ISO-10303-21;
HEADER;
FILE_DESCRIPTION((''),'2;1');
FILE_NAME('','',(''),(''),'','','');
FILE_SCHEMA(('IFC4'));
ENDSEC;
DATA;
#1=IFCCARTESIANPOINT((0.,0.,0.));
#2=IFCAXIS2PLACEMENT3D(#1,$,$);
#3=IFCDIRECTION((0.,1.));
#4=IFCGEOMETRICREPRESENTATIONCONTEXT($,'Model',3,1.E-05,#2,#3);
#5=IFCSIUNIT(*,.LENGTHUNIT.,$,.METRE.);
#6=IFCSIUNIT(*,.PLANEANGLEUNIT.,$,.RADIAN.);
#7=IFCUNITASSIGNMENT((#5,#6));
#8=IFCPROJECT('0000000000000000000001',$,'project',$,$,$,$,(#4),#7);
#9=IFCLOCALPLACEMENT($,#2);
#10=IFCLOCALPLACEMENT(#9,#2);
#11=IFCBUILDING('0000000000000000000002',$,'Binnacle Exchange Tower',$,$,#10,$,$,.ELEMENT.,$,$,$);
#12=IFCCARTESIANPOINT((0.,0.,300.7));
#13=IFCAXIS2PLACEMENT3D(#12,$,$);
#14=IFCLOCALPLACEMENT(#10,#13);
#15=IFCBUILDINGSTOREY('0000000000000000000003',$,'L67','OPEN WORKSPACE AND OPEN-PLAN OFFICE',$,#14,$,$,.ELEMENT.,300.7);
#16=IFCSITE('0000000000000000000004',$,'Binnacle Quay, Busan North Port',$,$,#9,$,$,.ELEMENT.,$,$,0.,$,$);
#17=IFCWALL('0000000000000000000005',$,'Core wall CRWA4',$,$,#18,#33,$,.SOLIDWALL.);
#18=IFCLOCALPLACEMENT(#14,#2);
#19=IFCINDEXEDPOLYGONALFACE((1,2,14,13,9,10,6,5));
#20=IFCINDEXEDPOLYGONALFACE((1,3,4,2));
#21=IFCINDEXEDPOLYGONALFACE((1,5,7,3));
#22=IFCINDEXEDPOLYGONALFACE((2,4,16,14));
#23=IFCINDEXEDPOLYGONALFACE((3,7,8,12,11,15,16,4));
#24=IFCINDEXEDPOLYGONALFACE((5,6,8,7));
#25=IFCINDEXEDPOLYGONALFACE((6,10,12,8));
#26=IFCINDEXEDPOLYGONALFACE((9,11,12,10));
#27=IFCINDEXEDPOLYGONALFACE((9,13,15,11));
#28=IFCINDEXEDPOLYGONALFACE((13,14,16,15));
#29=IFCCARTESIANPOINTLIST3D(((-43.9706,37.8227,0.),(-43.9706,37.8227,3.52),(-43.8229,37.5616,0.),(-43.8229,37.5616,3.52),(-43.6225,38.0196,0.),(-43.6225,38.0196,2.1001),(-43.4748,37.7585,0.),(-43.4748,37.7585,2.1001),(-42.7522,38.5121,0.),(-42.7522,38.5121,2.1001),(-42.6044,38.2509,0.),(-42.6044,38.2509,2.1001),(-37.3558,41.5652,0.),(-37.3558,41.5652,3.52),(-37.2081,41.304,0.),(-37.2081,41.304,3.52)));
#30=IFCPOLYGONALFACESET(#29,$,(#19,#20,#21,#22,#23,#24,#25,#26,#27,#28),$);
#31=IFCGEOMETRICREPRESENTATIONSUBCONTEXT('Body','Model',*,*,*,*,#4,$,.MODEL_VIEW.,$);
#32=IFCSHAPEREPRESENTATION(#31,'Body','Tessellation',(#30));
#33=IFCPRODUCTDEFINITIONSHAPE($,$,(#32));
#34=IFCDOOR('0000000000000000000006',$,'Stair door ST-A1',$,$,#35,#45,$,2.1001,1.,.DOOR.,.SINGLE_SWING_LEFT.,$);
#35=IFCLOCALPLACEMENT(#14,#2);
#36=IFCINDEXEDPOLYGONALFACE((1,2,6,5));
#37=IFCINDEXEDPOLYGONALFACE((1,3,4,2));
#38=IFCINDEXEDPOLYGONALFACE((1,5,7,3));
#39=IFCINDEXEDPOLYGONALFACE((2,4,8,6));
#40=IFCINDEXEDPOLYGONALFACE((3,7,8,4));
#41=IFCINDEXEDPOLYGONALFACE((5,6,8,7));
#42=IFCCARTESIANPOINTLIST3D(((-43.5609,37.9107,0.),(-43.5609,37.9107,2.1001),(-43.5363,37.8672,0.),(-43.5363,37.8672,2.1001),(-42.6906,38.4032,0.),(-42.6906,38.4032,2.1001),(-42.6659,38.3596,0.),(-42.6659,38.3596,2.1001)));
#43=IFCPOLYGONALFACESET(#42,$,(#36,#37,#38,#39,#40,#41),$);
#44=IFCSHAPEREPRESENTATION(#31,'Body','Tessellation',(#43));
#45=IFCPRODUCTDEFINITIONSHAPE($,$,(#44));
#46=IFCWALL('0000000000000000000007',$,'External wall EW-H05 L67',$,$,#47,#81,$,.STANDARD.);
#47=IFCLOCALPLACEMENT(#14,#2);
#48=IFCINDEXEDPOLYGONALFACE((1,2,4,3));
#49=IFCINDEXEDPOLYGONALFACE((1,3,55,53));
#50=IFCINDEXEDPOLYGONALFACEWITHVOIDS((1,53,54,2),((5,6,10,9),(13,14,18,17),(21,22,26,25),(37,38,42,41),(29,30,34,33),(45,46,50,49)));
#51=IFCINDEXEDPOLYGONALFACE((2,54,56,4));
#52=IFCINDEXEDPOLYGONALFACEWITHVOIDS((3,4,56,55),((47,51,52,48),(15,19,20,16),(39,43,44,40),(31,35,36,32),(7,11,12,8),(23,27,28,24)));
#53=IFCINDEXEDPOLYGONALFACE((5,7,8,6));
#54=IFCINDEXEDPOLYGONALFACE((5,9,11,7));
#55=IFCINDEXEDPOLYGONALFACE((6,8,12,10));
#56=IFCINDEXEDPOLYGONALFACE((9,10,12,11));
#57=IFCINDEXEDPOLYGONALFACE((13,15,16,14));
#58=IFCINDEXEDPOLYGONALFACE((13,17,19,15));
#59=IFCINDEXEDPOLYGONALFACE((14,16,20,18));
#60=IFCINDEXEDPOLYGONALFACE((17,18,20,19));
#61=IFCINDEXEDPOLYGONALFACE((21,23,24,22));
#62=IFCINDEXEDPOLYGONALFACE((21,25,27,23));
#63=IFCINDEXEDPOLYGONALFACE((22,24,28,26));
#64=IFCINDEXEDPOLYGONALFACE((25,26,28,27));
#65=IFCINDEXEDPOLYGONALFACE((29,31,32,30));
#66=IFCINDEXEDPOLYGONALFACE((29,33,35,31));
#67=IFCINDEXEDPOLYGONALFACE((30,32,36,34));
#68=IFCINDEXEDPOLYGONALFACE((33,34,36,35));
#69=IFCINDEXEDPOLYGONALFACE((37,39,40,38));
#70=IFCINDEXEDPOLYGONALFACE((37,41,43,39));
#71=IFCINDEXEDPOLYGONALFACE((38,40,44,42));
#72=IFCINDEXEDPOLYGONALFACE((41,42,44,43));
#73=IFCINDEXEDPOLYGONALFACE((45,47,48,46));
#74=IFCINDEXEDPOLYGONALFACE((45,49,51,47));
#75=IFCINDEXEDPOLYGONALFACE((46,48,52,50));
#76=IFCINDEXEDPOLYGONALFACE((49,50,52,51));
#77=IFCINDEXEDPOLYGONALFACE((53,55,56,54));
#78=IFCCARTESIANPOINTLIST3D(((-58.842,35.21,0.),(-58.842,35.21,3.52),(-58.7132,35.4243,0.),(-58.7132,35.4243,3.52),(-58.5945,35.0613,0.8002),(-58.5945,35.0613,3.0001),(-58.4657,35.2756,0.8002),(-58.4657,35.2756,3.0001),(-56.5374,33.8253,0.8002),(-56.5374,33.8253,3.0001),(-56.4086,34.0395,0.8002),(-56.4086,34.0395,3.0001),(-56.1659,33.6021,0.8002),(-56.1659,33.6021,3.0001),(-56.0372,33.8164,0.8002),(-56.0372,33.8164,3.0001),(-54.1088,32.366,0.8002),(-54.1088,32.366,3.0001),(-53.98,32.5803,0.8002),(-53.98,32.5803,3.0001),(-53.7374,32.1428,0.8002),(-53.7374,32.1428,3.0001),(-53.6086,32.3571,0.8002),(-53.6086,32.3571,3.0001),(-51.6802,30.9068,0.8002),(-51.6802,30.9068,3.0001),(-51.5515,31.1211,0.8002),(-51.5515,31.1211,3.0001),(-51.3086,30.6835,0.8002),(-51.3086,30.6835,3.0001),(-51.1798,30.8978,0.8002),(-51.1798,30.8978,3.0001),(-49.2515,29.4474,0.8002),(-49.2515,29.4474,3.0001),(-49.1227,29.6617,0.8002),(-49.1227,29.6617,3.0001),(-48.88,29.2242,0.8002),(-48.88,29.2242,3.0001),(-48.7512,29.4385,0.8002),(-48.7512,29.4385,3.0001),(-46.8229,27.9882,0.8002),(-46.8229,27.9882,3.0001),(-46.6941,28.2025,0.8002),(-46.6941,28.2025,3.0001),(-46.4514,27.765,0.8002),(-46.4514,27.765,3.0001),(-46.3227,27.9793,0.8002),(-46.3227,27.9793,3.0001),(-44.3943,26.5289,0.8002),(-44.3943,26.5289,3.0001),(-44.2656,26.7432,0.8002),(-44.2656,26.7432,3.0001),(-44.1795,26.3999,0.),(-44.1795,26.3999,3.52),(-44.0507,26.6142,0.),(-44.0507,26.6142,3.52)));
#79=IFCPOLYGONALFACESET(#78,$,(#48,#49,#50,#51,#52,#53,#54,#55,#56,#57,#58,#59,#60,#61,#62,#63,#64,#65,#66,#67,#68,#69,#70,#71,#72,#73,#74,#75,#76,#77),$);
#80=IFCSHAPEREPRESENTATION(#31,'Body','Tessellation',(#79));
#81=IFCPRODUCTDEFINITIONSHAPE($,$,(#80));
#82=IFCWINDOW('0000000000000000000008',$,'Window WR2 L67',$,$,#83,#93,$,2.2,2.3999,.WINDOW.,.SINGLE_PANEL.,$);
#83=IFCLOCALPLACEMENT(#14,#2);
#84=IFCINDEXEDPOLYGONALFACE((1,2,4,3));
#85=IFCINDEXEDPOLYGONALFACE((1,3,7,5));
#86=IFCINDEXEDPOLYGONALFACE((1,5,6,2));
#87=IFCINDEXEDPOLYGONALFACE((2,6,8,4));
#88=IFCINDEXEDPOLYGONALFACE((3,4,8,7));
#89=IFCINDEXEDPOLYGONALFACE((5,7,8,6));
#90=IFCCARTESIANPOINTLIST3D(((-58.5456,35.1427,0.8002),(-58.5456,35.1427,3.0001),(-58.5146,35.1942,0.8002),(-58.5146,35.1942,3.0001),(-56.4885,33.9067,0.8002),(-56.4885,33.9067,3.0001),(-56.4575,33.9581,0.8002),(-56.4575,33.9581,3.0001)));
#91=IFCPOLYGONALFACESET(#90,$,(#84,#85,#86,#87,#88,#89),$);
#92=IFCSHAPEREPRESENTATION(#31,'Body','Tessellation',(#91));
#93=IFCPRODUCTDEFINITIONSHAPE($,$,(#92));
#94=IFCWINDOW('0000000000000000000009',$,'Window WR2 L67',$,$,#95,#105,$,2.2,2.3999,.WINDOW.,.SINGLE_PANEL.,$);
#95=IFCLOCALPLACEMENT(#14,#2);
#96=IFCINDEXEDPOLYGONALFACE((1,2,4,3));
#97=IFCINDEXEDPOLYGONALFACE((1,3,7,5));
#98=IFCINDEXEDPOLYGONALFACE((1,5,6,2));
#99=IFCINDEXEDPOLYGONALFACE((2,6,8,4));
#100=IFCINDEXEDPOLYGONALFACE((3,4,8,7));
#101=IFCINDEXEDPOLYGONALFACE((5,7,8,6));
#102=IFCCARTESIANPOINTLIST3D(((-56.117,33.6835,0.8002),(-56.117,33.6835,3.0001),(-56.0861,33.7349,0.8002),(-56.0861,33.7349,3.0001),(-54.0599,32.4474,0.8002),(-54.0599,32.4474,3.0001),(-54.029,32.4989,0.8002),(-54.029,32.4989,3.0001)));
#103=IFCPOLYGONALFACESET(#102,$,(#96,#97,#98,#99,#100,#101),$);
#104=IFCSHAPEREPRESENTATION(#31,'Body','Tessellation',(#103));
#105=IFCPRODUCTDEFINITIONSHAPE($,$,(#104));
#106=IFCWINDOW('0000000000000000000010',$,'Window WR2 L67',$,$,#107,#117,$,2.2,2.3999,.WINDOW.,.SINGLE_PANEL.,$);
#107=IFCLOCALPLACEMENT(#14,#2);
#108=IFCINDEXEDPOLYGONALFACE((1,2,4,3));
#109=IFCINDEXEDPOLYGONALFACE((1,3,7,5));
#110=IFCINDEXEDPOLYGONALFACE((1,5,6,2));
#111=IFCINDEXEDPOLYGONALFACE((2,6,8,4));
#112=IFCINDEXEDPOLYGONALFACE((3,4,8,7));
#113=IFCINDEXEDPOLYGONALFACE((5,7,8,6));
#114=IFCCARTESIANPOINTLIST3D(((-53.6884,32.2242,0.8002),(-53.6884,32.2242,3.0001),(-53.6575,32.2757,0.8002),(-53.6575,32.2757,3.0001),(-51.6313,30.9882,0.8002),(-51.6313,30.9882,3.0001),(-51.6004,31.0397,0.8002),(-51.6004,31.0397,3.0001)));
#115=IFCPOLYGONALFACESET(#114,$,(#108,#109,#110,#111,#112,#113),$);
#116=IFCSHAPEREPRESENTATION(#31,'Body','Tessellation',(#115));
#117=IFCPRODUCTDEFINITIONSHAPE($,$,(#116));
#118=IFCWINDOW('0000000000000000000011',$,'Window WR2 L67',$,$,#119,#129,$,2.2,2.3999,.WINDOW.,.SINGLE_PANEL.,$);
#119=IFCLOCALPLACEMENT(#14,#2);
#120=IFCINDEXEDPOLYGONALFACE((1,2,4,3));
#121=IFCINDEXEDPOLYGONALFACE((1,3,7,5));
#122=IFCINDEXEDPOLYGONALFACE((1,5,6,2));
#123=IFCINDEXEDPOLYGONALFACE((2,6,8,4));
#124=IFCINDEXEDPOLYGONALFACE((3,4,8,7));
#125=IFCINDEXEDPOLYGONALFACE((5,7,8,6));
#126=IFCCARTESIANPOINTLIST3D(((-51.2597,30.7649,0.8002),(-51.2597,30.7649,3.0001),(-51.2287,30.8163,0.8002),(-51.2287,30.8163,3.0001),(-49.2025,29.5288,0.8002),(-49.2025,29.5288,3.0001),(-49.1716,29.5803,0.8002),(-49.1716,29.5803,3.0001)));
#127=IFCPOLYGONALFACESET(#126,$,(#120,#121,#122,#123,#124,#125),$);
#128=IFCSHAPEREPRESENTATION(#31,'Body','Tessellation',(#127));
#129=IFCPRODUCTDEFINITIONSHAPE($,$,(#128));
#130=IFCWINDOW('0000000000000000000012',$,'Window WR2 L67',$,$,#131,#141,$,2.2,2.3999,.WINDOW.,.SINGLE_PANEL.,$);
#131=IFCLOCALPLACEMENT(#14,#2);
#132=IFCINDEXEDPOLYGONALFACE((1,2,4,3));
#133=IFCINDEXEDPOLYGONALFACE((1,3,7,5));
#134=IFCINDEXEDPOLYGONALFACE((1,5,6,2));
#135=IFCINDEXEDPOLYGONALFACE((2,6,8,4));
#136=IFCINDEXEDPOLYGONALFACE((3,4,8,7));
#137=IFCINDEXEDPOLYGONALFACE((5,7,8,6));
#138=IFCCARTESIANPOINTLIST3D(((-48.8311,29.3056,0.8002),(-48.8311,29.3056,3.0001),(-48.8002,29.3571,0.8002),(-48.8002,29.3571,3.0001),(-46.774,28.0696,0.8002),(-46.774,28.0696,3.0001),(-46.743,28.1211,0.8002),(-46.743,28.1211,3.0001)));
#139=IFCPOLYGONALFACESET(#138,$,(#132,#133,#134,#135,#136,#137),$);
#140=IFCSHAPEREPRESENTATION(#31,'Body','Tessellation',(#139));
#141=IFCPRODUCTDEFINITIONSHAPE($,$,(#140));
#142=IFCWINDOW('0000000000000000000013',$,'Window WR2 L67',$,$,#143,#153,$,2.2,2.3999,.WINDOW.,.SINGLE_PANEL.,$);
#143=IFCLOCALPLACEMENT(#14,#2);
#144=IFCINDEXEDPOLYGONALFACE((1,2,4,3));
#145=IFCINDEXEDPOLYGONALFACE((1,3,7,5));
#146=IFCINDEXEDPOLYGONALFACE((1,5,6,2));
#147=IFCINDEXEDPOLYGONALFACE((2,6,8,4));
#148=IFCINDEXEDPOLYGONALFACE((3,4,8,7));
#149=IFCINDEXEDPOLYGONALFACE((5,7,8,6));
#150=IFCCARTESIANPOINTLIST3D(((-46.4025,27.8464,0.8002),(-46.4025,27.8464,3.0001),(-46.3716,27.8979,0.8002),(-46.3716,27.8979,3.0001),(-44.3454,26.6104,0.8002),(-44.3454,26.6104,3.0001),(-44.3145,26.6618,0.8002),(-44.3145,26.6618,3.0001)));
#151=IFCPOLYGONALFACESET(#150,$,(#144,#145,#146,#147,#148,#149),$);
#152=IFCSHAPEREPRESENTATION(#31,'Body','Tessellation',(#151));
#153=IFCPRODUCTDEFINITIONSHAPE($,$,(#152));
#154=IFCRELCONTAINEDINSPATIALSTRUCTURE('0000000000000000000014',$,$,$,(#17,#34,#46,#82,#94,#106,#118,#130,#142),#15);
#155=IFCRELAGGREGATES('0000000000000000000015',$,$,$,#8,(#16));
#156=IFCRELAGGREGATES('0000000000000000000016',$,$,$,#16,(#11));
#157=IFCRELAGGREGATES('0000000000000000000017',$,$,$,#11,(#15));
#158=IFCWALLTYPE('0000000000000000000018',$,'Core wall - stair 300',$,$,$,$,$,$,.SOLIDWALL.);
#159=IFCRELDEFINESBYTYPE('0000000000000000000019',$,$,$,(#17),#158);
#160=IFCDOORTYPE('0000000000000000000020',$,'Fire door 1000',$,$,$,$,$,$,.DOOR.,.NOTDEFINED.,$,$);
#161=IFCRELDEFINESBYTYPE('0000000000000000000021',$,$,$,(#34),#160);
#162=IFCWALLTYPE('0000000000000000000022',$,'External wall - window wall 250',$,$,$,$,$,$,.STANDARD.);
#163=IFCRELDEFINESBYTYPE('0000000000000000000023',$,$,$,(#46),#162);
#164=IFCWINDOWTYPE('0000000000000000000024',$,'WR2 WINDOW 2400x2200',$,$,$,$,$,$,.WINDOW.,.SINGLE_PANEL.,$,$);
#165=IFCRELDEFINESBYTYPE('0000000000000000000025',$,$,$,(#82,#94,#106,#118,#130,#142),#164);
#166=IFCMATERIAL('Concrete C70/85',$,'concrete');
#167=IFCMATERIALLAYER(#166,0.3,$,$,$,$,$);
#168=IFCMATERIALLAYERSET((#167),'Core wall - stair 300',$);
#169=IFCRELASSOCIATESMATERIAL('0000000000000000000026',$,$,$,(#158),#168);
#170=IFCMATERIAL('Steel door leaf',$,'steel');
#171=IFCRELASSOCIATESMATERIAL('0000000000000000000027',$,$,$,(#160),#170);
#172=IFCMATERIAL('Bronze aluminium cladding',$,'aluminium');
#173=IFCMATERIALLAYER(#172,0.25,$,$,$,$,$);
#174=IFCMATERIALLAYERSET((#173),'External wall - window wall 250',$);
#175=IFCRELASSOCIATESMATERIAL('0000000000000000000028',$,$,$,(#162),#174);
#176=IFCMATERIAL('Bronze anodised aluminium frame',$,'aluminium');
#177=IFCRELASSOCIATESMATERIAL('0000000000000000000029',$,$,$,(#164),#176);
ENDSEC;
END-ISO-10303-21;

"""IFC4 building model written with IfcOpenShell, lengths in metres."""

from ifc_helpers import new_model, si_unit, direction, frame, frame_2d, origin, place, context, subcontext, project, spatial, rectangle, extrude, material, layer, layer_set, type_object, element, fill, save


model = new_model("IFC4")

# Units and contexts
model_context = context("Model", 3, precision=1e-05, world=origin(), true_north=direction((0.0, 1.0)))
body_context = subcontext(model_context, "Body", "Model", "MODEL_VIEW")
ifc_project = project(units=[si_unit("LENGTHUNIT", "METRE"), si_unit("PLANEANGLEUNIT", "RADIAN")], contexts=[model_context])

# Site, building, storey
site_placement = place(None, origin())
site = spatial("IfcSite", under=ifc_project, at=site_placement, Name="Binnacle Quay, Busan North Port", CompositionType="ELEMENT", RefElevation=0.0)
building_placement = place(site_placement, origin())
building = spatial("IfcBuilding", under=site, at=building_placement, Name="Binnacle Exchange Tower", CompositionType="ELEMENT")
storey_placement = place(building_placement, frame((0.0, 0.0, 300.7)))
storey = spatial("IfcBuildingStorey", under=building, at=storey_placement, Name="L67", Description="OPEN WORKSPACE AND OPEN-PLAN OFFICE", CompositionType="ELEMENT", Elevation=300.7)

# Shared definitions
ifc_material_1 = material(Name="Concrete C70/85", Category="concrete")
ifc_material_2 = material(Name="Steel door leaf", Category="steel")

# Wall, opening, door
ifc_layer_1 = layer(ifc_material_1, 0.3)
ifc_layer_set_1 = layer_set([ifc_layer_1], Name="Core wall - stair 300")
wall_type_1 = type_object("IfcWallType", Name="Core wall - stair 300", PredefinedType="SOLIDWALL", material=ifc_layer_set_1)
wall_1_placement = place(storey_placement, frame((-43.8967, 37.6921, 0.0), z_axis=(0.0, 0.0, 1.0), x_axis=(0.870356, 0.492422, 0.0)))
wall_1 = element("IfcWall", 1, at=wall_1_placement, inside=storey, type_object=wall_type_1, Name="Core wall CRWA4", PredefinedType="SOLIDWALL", context=body_context, shape_type="SweptSolid", body=[
    extrude(rectangle(XDim=7.6001, YDim=0.3, at=frame_2d((3.8, 0.0))), origin(), (0.0, 0.0, 1.0), 3.52),
])
opening_1_placement = place(wall_1_placement, frame((0.3999, 0.0, 0.0)))
opening_1 = element("IfcOpeningElement", 2, at=opening_1_placement, cuts=wall_1, PredefinedType="OPENING", context=body_context, shape_type="SweptSolid", body=[
    extrude(rectangle(XDim=1.0, YDim=2.1001, at=frame_2d((0.5, 1.05))), frame((0.0, 0.1599, 0.0), z_axis=(0.0, -1.0, 0.0), x_axis=(1.0, 0.0, 0.0)), (0.0, 0.0, 1.0), 0.3201),
])
door_type_1 = type_object("IfcDoorType", Name="Fire door 1000", OperationType="NOTDEFINED", PredefinedType="DOOR", material=ifc_material_2)
door_1_placement = place(opening_1_placement, origin())
door_1 = element("IfcDoor", 3, at=door_1_placement, inside=storey, type_object=door_type_1, Name="Stair door ST-A1", OperationType="SINGLE_SWING_LEFT", OverallHeight=2.1001, OverallWidth=1.0, PredefinedType="DOOR", context=body_context, shape_type="SweptSolid", body=[
    extrude(rectangle(XDim=1.0, YDim=2.1001, at=frame_2d((0.5, 1.05))), frame((0.0, 0.0249, 0.0), z_axis=(0.0, -1.0, 0.0), x_axis=(1.0, 0.0, 0.0)), (0.0, 0.0, 1.0), 0.05),
])
fill(opening_1, door_1)

# Wall, openings, windows
ifc_material_3 = material(Name="Bronze aluminium cladding", Category="aluminium")
ifc_layer_2 = layer(ifc_material_3, 0.25)
ifc_layer_set_2 = layer_set([ifc_layer_2], Name="External wall - window wall 250")
wall_type_2 = type_object("IfcWallType", Name="External wall - window wall 250", PredefinedType="STANDARD", material=ifc_layer_set_2)
wall_2_placement = place(storey_placement, frame((-44.1152, 26.5071, 0.0), z_axis=(0.0, 0.0, 1.0), x_axis=(-0.857167, 0.515039, 0.0)))
wall_2 = element("IfcWall", 4, at=wall_2_placement, inside=storey, type_object=wall_type_2, Name="External wall EW-H05 L67", PredefinedType="STANDARD", context=body_context, shape_type="SweptSolid", body=[
    extrude(rectangle(XDim=17.1057, YDim=0.25, at=frame_2d((8.5527, 0.0))), origin(), (0.0, 0.0, 1.0), 3.52),
])
opening_2_placement = place(wall_2_placement, frame((14.417, 0.0, 0.8)))
opening_2 = element("IfcOpeningElement", 5, at=opening_2_placement, cuts=wall_2, PredefinedType="OPENING", context=body_context, shape_type="SweptSolid", body=[
    extrude(rectangle(XDim=2.3999, YDim=2.2, at=frame_2d((1.2, 1.1001))), frame((0.0, 0.135, 0.0), z_axis=(0.0, -1.0, 0.0), x_axis=(1.0, 0.0, 0.0)), (0.0, 0.0, 1.0), 0.27),
])
opening_3_placement = place(wall_2_placement, frame((11.5837, 0.0, 0.8)))
opening_3 = element("IfcOpeningElement", 6, at=opening_3_placement, cuts=wall_2, PredefinedType="OPENING", context=body_context, shape_type="SweptSolid", body=[
    extrude(rectangle(XDim=2.3999, YDim=2.2, at=frame_2d((1.2, 1.1001))), frame((0.0, 0.135, 0.0), z_axis=(0.0, -1.0, 0.0), x_axis=(1.0, 0.0, 0.0)), (0.0, 0.0, 1.0), 0.27),
])
opening_4_placement = place(wall_2_placement, frame((8.7505, 0.0, 0.8)))
opening_4 = element("IfcOpeningElement", 7, at=opening_4_placement, cuts=wall_2, PredefinedType="OPENING", context=body_context, shape_type="SweptSolid", body=[
    extrude(rectangle(XDim=2.3999, YDim=2.2, at=frame_2d((1.2, 1.1001))), frame((0.0, 0.135, 0.0), z_axis=(0.0, -1.0, 0.0), x_axis=(1.0, 0.0, 0.0)), (0.0, 0.0, 1.0), 0.27),
])
opening_5_placement = place(wall_2_placement, frame((5.917, 0.0, 0.8)))
opening_5 = element("IfcOpeningElement", 8, at=opening_5_placement, cuts=wall_2, PredefinedType="OPENING", context=body_context, shape_type="SweptSolid", body=[
    extrude(rectangle(XDim=2.3999, YDim=2.2, at=frame_2d((1.2, 1.1001))), frame((0.0, 0.135, 0.0), z_axis=(0.0, -1.0, 0.0), x_axis=(1.0, 0.0, 0.0)), (0.0, 0.0, 1.0), 0.27),
])
opening_6_placement = place(wall_2_placement, frame((3.0837, 0.0, 0.8)))
opening_6 = element("IfcOpeningElement", 9, at=opening_6_placement, cuts=wall_2, PredefinedType="OPENING", context=body_context, shape_type="SweptSolid", body=[
    extrude(rectangle(XDim=2.3999, YDim=2.2, at=frame_2d((1.2, 1.1001))), frame((0.0, 0.135, 0.0), z_axis=(0.0, -1.0, 0.0), x_axis=(1.0, 0.0, 0.0)), (0.0, 0.0, 1.0), 0.27),
])
opening_7_placement = place(wall_2_placement, frame((0.2505, 0.0, 0.8)))
opening_7 = element("IfcOpeningElement", 10, at=opening_7_placement, cuts=wall_2, PredefinedType="OPENING", context=body_context, shape_type="SweptSolid", body=[
    extrude(rectangle(XDim=2.3999, YDim=2.2, at=frame_2d((1.2, 1.1001))), frame((0.0, 0.135, 0.0), z_axis=(0.0, -1.0, 0.0), x_axis=(1.0, 0.0, 0.0)), (0.0, 0.0, 1.0), 0.27),
])
ifc_material_4 = material(Name="Bronze anodised aluminium frame", Category="aluminium")
window_type = type_object("IfcWindowType", Name="WR2 WINDOW 2400x2200", PartitioningType="SINGLE_PANEL", PredefinedType="WINDOW", material=ifc_material_4)
window_1_placement = place(opening_2_placement, origin())
window_1 = element("IfcWindow", 11, at=window_1_placement, inside=storey, type_object=window_type, Name="Window WR2 L67", OverallHeight=2.2, OverallWidth=2.3999, PartitioningType="SINGLE_PANEL", PredefinedType="WINDOW", context=body_context, shape_type="SweptSolid", body=[
    extrude(rectangle(XDim=2.3999, YDim=2.2, at=frame_2d((1.2, 1.1001))), frame((0.0, 0.03, 0.0), z_axis=(0.0, -1.0, 0.0), x_axis=(1.0, 0.0, 0.0)), (0.0, 0.0, 1.0), 0.0601),
])
fill(opening_2, window_1)
window_2_placement = place(opening_3_placement, origin())
window_2 = element("IfcWindow", 12, at=window_2_placement, inside=storey, type_object=window_type, Name="Window WR2 L67", OverallHeight=2.2, OverallWidth=2.3999, PartitioningType="SINGLE_PANEL", PredefinedType="WINDOW", context=body_context, shape_type="SweptSolid", body=[
    extrude(rectangle(XDim=2.3999, YDim=2.2, at=frame_2d((1.2, 1.1001))), frame((0.0, 0.03, 0.0), z_axis=(0.0, -1.0, 0.0), x_axis=(1.0, 0.0, 0.0)), (0.0, 0.0, 1.0), 0.0601),
])
fill(opening_3, window_2)
window_3_placement = place(opening_4_placement, origin())
window_3 = element("IfcWindow", 13, at=window_3_placement, inside=storey, type_object=window_type, Name="Window WR2 L67", OverallHeight=2.2, OverallWidth=2.3999, PartitioningType="SINGLE_PANEL", PredefinedType="WINDOW", context=body_context, shape_type="SweptSolid", body=[
    extrude(rectangle(XDim=2.3999, YDim=2.2, at=frame_2d((1.2, 1.1001))), frame((0.0, 0.03, 0.0), z_axis=(0.0, -1.0, 0.0), x_axis=(1.0, 0.0, 0.0)), (0.0, 0.0, 1.0), 0.0601),
])
fill(opening_4, window_3)
window_4_placement = place(opening_5_placement, origin())
window_4 = element("IfcWindow", 14, at=window_4_placement, inside=storey, type_object=window_type, Name="Window WR2 L67", OverallHeight=2.2, OverallWidth=2.3999, PartitioningType="SINGLE_PANEL", PredefinedType="WINDOW", context=body_context, shape_type="SweptSolid", body=[
    extrude(rectangle(XDim=2.3999, YDim=2.2, at=frame_2d((1.2, 1.1001))), frame((0.0, 0.03, 0.0), z_axis=(0.0, -1.0, 0.0), x_axis=(1.0, 0.0, 0.0)), (0.0, 0.0, 1.0), 0.0601),
])
fill(opening_5, window_4)
window_5_placement = place(opening_6_placement, origin())
window_5 = element("IfcWindow", 15, at=window_5_placement, inside=storey, type_object=window_type, Name="Window WR2 L67", OverallHeight=2.2, OverallWidth=2.3999, PartitioningType="SINGLE_PANEL", PredefinedType="WINDOW", context=body_context, shape_type="SweptSolid", body=[
    extrude(rectangle(XDim=2.3999, YDim=2.2, at=frame_2d((1.2, 1.1001))), frame((0.0, 0.03, 0.0), z_axis=(0.0, -1.0, 0.0), x_axis=(1.0, 0.0, 0.0)), (0.0, 0.0, 1.0), 0.0601),
])
fill(opening_6, window_5)
window_6_placement = place(opening_7_placement, origin())
window_6 = element("IfcWindow", 16, at=window_6_placement, inside=storey, type_object=window_type, Name="Window WR2 L67", OverallHeight=2.2, OverallWidth=2.3999, PartitioningType="SINGLE_PANEL", PredefinedType="WINDOW", context=body_context, shape_type="SweptSolid", body=[
    extrude(rectangle(XDim=2.3999, YDim=2.2, at=frame_2d((1.2, 1.1001))), frame((0.0, 0.03, 0.0), z_axis=(0.0, -1.0, 0.0), x_axis=(1.0, 0.0, 0.0)), (0.0, 0.0, 1.0), 0.0601),
])
fill(opening_7, window_6)

save(model, "model.ifc")
